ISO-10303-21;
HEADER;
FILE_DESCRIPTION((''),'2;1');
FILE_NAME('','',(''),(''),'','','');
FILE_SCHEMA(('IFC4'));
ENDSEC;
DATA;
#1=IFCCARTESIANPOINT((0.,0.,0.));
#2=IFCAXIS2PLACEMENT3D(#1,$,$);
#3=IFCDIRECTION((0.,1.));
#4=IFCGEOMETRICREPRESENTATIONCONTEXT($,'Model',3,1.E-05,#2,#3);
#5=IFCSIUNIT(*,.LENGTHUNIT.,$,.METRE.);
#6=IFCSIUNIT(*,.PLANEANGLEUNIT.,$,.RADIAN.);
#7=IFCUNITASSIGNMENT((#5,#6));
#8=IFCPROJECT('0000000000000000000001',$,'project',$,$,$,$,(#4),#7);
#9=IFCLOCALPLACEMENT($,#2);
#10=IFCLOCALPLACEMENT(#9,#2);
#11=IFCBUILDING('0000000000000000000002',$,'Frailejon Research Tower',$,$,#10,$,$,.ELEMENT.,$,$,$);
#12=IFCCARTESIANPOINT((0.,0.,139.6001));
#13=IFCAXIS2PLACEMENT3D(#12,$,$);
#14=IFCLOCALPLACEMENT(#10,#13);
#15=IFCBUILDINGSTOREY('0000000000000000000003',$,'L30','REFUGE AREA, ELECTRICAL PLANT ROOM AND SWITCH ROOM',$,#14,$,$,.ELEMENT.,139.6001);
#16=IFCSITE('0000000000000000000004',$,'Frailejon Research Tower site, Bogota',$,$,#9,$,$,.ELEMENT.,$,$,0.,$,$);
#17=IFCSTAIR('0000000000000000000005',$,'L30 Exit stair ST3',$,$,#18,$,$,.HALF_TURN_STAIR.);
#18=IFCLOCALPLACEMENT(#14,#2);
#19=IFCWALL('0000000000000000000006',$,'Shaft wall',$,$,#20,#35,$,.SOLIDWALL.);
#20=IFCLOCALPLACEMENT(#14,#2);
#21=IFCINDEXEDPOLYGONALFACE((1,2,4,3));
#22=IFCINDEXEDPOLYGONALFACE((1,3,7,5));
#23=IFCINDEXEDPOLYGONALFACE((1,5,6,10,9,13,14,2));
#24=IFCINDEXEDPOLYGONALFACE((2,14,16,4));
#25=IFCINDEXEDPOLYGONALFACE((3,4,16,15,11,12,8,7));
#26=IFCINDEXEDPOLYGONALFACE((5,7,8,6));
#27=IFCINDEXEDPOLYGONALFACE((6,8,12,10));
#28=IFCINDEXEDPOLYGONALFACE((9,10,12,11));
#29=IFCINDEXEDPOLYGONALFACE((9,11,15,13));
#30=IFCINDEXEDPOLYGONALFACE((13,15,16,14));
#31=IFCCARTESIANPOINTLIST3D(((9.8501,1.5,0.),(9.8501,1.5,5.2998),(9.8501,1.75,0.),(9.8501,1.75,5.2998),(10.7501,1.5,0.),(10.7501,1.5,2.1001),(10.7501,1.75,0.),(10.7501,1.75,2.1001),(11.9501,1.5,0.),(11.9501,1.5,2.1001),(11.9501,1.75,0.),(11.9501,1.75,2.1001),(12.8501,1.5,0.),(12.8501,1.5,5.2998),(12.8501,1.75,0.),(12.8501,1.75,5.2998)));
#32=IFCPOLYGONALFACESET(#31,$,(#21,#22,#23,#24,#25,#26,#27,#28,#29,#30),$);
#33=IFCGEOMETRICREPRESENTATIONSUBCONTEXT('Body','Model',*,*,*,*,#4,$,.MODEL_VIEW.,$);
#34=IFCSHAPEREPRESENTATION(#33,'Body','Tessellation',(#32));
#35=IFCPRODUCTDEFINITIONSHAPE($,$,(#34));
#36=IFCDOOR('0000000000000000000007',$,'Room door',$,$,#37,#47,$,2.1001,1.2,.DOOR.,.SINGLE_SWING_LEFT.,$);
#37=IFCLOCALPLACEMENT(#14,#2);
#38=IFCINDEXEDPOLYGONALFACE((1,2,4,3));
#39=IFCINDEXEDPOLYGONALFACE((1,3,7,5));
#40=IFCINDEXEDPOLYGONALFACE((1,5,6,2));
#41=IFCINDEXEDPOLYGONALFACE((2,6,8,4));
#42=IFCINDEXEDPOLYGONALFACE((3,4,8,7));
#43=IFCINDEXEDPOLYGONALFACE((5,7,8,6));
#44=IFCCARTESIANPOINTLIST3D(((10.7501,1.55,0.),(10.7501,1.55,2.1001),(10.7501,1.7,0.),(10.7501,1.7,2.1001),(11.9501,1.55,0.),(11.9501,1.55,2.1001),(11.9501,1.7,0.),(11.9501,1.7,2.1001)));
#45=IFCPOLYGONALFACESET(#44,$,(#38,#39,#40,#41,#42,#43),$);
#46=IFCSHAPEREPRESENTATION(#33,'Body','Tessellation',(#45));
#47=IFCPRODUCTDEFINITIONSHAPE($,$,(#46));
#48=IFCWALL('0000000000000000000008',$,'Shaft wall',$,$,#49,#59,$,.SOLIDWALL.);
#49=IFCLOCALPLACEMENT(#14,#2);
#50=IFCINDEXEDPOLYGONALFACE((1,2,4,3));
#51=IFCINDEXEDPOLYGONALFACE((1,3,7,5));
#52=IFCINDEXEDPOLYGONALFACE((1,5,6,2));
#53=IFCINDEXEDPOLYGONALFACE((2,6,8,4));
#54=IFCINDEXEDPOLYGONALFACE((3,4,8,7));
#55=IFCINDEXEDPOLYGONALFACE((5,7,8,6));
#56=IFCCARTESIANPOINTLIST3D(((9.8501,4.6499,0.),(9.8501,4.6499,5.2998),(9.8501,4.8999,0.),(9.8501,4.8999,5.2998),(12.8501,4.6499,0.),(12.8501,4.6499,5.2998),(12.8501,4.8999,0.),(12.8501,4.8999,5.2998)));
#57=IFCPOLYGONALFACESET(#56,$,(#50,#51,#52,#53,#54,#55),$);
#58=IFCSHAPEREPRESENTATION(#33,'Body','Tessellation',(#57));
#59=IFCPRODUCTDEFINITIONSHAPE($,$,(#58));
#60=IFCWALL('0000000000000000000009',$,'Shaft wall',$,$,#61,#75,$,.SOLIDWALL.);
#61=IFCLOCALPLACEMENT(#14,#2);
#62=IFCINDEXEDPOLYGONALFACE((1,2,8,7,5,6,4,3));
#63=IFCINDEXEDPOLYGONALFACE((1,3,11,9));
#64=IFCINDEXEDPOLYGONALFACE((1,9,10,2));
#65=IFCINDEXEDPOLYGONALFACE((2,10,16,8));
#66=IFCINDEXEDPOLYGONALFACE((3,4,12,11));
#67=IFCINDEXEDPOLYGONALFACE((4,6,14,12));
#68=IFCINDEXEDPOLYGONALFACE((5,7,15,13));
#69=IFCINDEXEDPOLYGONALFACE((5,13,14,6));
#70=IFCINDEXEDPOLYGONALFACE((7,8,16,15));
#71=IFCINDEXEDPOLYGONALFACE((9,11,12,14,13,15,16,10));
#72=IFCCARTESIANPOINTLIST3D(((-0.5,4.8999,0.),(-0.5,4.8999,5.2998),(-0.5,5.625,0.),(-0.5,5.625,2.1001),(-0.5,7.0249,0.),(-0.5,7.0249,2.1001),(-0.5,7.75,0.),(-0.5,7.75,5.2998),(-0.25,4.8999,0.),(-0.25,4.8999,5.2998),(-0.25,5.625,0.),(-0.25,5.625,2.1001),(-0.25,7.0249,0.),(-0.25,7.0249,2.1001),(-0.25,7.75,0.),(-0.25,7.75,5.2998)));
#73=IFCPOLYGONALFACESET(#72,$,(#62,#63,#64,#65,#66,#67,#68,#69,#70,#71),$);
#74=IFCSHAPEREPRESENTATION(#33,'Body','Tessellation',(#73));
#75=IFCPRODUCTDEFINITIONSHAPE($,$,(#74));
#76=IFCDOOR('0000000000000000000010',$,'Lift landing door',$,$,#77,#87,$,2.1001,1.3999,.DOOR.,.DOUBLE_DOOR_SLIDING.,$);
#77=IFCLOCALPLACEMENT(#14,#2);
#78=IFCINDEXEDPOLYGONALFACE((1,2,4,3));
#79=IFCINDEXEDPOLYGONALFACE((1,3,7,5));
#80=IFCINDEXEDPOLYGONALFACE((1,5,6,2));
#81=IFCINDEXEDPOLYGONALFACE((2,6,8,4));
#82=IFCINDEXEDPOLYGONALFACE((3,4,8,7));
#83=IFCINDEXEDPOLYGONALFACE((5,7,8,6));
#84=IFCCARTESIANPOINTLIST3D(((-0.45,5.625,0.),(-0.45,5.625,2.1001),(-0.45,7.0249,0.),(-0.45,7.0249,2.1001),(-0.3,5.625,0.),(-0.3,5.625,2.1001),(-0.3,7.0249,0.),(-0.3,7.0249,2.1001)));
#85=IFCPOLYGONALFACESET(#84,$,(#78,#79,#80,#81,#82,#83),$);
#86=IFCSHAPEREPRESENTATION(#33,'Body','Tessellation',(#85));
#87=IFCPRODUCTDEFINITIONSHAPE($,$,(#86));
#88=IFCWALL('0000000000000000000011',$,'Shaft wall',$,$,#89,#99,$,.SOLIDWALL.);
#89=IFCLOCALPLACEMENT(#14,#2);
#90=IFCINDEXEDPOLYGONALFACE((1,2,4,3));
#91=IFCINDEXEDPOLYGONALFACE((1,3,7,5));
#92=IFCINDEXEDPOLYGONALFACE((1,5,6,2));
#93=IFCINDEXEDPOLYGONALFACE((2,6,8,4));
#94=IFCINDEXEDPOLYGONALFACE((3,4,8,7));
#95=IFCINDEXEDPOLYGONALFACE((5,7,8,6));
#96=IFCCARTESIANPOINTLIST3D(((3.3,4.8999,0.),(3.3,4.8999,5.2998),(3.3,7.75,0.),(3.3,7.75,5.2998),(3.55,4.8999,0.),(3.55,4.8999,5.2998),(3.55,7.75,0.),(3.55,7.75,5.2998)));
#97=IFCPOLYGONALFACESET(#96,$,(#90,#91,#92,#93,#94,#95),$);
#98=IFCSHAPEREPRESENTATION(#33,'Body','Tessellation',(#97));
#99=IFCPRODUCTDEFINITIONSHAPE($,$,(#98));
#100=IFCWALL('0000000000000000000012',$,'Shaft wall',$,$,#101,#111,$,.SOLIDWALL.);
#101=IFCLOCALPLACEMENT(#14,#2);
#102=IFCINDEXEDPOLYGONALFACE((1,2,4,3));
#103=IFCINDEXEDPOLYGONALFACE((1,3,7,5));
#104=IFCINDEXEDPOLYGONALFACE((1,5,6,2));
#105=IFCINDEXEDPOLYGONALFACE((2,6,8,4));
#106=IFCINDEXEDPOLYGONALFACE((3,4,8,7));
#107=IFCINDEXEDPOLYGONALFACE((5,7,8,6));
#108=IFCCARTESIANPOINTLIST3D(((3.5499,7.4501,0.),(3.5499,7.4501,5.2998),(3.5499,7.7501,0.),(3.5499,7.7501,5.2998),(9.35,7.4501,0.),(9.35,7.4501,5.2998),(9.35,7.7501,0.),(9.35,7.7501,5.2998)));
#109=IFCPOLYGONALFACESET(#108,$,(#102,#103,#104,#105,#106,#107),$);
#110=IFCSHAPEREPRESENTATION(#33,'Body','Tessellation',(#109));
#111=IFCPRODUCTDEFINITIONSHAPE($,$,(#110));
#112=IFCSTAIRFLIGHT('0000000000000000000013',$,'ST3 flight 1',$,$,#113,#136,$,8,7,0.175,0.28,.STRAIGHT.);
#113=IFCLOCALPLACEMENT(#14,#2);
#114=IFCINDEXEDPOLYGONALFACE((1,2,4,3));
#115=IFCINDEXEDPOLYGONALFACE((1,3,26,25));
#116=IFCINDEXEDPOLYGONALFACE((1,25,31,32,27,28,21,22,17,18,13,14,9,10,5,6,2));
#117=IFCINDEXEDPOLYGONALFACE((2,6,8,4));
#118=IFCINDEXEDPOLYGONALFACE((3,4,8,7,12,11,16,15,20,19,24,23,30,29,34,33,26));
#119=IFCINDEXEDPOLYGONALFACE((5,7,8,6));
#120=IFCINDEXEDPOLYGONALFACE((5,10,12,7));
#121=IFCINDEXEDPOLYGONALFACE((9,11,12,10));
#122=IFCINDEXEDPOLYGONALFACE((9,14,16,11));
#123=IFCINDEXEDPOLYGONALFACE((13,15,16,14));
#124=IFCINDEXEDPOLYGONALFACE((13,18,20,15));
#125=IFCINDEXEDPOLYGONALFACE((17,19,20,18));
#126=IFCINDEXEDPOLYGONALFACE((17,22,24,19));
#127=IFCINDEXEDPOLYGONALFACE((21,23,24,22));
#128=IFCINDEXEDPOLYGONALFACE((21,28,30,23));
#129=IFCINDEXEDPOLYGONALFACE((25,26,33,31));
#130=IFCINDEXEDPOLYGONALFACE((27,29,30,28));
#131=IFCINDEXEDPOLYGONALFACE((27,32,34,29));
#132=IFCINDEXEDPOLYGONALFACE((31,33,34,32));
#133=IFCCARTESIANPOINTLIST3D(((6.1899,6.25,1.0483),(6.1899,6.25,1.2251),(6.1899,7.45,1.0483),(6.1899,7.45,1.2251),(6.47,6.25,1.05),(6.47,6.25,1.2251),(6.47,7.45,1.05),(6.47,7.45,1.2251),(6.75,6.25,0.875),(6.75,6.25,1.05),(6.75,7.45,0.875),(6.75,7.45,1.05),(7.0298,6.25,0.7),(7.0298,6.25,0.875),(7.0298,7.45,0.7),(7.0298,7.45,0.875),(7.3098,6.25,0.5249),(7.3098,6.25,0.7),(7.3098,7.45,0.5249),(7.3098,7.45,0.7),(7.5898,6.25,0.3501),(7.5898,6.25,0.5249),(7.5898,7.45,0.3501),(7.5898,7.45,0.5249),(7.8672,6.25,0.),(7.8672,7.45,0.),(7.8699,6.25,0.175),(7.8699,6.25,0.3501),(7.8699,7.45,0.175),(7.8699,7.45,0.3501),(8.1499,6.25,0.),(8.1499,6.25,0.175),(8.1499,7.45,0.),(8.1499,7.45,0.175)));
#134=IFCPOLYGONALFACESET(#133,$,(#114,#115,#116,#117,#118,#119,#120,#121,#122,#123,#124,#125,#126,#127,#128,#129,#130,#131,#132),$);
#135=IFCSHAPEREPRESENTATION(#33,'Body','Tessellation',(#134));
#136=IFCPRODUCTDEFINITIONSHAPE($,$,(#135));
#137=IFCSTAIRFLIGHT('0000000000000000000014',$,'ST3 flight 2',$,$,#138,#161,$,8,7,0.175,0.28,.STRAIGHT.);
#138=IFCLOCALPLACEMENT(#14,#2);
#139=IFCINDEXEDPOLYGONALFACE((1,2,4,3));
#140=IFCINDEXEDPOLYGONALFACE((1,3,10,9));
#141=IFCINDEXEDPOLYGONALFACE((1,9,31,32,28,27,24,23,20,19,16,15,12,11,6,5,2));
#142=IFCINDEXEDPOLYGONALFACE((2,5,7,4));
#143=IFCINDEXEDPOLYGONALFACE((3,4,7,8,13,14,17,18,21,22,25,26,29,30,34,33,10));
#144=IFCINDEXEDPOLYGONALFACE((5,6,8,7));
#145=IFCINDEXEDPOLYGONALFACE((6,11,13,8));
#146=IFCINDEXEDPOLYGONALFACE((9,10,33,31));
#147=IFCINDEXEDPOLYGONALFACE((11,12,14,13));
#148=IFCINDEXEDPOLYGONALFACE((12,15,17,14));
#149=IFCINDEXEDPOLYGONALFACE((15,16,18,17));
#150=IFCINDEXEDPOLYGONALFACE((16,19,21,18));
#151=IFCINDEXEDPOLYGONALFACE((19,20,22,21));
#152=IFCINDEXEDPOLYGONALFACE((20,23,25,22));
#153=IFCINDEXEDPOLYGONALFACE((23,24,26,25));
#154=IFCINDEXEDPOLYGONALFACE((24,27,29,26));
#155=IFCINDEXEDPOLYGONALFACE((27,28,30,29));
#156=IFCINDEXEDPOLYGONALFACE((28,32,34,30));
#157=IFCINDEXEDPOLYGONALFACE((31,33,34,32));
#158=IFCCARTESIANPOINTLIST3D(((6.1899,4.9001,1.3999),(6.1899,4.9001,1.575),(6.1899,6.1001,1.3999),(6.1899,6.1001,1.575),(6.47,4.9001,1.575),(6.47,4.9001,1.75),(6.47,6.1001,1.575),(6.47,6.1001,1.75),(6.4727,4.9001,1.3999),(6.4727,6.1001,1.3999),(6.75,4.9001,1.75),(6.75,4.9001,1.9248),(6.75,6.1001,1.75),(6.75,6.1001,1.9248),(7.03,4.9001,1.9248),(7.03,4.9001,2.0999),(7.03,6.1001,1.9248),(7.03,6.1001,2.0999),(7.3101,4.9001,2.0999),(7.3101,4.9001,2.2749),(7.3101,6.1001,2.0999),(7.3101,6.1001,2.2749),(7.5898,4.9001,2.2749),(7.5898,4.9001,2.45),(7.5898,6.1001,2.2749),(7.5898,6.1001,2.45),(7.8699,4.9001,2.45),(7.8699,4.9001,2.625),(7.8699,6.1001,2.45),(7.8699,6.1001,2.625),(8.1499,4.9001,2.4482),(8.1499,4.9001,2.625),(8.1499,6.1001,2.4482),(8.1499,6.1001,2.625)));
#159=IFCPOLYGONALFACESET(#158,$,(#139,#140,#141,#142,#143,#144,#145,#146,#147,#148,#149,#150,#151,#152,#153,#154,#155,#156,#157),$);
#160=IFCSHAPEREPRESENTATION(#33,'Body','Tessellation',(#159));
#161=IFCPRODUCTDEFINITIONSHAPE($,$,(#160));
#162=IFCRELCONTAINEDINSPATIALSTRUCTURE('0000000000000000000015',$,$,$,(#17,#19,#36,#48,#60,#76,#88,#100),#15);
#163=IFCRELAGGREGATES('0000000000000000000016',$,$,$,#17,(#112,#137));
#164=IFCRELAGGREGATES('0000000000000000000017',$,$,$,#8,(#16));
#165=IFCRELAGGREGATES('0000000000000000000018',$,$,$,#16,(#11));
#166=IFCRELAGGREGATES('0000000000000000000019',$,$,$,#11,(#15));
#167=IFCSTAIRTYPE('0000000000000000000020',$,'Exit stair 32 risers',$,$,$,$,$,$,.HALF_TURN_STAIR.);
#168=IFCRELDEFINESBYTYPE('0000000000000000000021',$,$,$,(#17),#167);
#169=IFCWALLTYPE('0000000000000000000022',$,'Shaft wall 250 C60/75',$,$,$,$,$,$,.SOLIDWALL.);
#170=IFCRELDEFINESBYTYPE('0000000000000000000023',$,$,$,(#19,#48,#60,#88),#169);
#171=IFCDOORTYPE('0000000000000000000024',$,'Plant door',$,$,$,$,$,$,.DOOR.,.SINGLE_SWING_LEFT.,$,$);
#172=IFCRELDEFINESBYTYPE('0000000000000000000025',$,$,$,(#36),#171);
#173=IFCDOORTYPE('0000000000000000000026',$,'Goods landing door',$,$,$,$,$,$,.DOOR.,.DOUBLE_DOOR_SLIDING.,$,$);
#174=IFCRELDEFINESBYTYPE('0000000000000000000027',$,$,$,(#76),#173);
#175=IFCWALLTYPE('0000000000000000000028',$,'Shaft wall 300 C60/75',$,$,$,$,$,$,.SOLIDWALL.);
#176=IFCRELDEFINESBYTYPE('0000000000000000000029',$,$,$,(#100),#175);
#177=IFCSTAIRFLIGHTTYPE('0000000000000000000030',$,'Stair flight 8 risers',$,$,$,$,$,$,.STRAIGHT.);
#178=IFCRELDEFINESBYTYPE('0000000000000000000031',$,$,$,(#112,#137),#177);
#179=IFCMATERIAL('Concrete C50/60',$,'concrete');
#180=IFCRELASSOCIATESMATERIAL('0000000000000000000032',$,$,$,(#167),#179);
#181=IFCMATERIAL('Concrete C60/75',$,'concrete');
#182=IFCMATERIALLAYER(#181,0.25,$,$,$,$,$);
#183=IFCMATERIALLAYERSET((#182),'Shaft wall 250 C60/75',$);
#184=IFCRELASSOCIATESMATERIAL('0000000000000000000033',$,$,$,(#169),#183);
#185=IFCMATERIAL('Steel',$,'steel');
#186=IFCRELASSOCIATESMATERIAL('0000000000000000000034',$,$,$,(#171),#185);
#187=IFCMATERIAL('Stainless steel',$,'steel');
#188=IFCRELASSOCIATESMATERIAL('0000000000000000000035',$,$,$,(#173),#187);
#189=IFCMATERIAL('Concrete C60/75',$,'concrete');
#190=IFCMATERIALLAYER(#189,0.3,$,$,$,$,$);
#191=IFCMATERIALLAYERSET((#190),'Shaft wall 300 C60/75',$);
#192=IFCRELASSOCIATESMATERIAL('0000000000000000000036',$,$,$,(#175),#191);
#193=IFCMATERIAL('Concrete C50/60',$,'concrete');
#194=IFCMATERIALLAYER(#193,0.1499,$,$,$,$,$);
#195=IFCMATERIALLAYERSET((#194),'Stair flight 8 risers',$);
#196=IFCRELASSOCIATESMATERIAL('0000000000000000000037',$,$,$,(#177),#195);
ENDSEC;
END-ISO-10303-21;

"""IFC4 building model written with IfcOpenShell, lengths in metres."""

from ifc_helpers import new_model, si_unit, direction, frame, frame_2d, origin, place, context, subcontext, project, spatial, polyline, rectangle, outline, extrude, material, layer, layer_set, type_object, element, fill, aggregate, save


model = new_model("IFC4")

# Units and contexts
model_context = context("Model", 3, precision=1e-05, world=origin(), true_north=direction((0.0, 1.0)))
body_context = subcontext(model_context, "Body", "Model", "MODEL_VIEW")
ifc_project = project(units=[si_unit("LENGTHUNIT", "METRE"), si_unit("PLANEANGLEUNIT", "RADIAN")], contexts=[model_context])

# Site, building, storey
site_placement = place(None, origin())
site = spatial("IfcSite", under=ifc_project, at=site_placement, Name="Frailejon Research Tower site, Bogota", CompositionType="ELEMENT", RefElevation=0.0)
building_placement = place(site_placement, origin())
building = spatial("IfcBuilding", under=site, at=building_placement, Name="Frailejon Research Tower", CompositionType="ELEMENT")
storey_placement = place(building_placement, frame((0.0, 0.0, 139.6001)))
storey = spatial("IfcBuildingStorey", under=building, at=storey_placement, Name="L30", Description="REFUGE AREA, ELECTRICAL PLANT ROOM AND SWITCH ROOM", CompositionType="ELEMENT", Elevation=139.6001)

# Stair
ifc_material_1 = material(Name="Concrete C50/60", Category="concrete")
stair_type = type_object("IfcStairType", Name="Exit stair 32 risers", PredefinedType="HALF_TURN_STAIR", material=ifc_material_1)
stair_placement = place(storey_placement, origin())
stair = element("IfcStair", 1, at=stair_placement, inside=storey, type_object=stair_type, Name="L30 Exit stair ST3", PredefinedType="HALF_TURN_STAIR")

# Wall, opening, door
ifc_material_2 = material(Name="Concrete C60/75", Category="concrete")
ifc_layer_1 = layer(ifc_material_2, 0.25)
ifc_layer_set_1 = layer_set([ifc_layer_1], Name="Shaft wall 250 C60/75")
wall_type_1 = type_object("IfcWallType", Name="Shaft wall 250 C60/75", PredefinedType="SOLIDWALL", material=ifc_layer_set_1)
wall_1_placement = place(storey_placement, frame((9.8501, 1.625, 0.0), z_axis=(0.0, 0.0, 1.0), x_axis=(1.0, 0.0, 0.0)))
wall_1 = element("IfcWall", 2, at=wall_1_placement, inside=storey, type_object=wall_type_1, Name="Shaft wall", PredefinedType="SOLIDWALL", context=body_context, shape_type="SweptSolid", body=[
    extrude(rectangle(XDim=3.0, YDim=0.25, at=frame_2d((1.5, 0.0))), origin(), (0.0, 0.0, 1.0), 5.2998),
])
opening_1_placement = place(wall_1_placement, frame((0.8999, 0.0, 0.0)))
opening_1 = element("IfcOpeningElement", 3, at=opening_1_placement, cuts=wall_1, PredefinedType="OPENING", context=body_context, shape_type="SweptSolid", body=[
    extrude(rectangle(XDim=1.2, YDim=2.1001, at=frame_2d((0.6001, 1.05))), frame((0.0, 0.135, 0.0), z_axis=(0.0, -1.0, 0.0), x_axis=(1.0, 0.0, 0.0)), (0.0, 0.0, 1.0), 0.27),
])
ifc_material_3 = material(Name="Steel", Category="steel")
door_type_1 = type_object("IfcDoorType", Name="Plant door", OperationType="SINGLE_SWING_LEFT", PredefinedType="DOOR", material=ifc_material_3)
door_1_placement = place(opening_1_placement, origin())
door_1 = element("IfcDoor", 4, at=door_1_placement, inside=storey, type_object=door_type_1, Name="Room door", OperationType="SINGLE_SWING_LEFT", OverallHeight=2.1001, OverallWidth=1.2, PredefinedType="DOOR", context=body_context, shape_type="SweptSolid", body=[
    extrude(rectangle(XDim=1.2, YDim=2.1001, at=frame_2d((0.6001, 1.05))), frame((0.0, 0.075, 0.0), z_axis=(0.0, -1.0, 0.0), x_axis=(1.0, 0.0, 0.0)), (0.0, 0.0, 1.0), 0.1499),
])
fill(opening_1, door_1)

# Wall
wall_2_placement = place(storey_placement, frame((9.8501, 4.7749, 0.0), z_axis=(0.0, 0.0, 1.0), x_axis=(1.0, 0.0, 0.0)))
element("IfcWall", 5, at=wall_2_placement, inside=storey, type_object=wall_type_1, Name="Shaft wall", PredefinedType="SOLIDWALL", context=body_context, shape_type="SweptSolid", body=[
    extrude(rectangle(XDim=3.0, YDim=0.25, at=frame_2d((1.5, 0.0))), origin(), (0.0, 0.0, 1.0), 5.2998),
])

# Wall, opening, door
wall_3_placement = place(storey_placement, frame((-0.375, 4.8999, 0.0), z_axis=(0.0, 0.0, 1.0), x_axis=(0.0, 1.0, 0.0)))
wall_3 = element("IfcWall", 6, at=wall_3_placement, inside=storey, type_object=wall_type_1, Name="Shaft wall", PredefinedType="SOLIDWALL", context=body_context, shape_type="SweptSolid", body=[
    extrude(rectangle(XDim=2.8501, YDim=0.25, at=frame_2d((1.425, 0.0))), origin(), (0.0, 0.0, 1.0), 5.2998),
])
opening_2_placement = place(wall_3_placement, frame((0.7251, 0.0, 0.0)))
opening_2 = element("IfcOpeningElement", 7, at=opening_2_placement, cuts=wall_3, PredefinedType="OPENING", context=body_context, shape_type="SweptSolid", body=[
    extrude(rectangle(XDim=1.3999, YDim=2.1001, at=frame_2d((0.7, 1.05))), frame((0.0, 0.135, 0.0), z_axis=(0.0, -1.0, 0.0), x_axis=(1.0, 0.0, 0.0)), (0.0, 0.0, 1.0), 0.27),
])
ifc_material_4 = material(Name="Stainless steel", Category="steel")
door_type_2 = type_object("IfcDoorType", Name="Goods landing door", OperationType="DOUBLE_DOOR_SLIDING", PredefinedType="DOOR", material=ifc_material_4)
door_2_placement = place(opening_2_placement, origin())
door_2 = element("IfcDoor", 8, at=door_2_placement, inside=storey, type_object=door_type_2, Name="Lift landing door", OperationType="DOUBLE_DOOR_SLIDING", OverallHeight=2.1001, OverallWidth=1.3999, PredefinedType="DOOR", context=body_context, shape_type="SweptSolid", body=[
    extrude(rectangle(XDim=1.3999, YDim=2.1001, at=frame_2d((0.7, 1.05))), frame((0.0, 0.075, 0.0), z_axis=(0.0, -1.0, 0.0), x_axis=(1.0, 0.0, 0.0)), (0.0, 0.0, 1.0), 0.1499),
])
fill(opening_2, door_2)

# Walls
wall_4_placement = place(storey_placement, frame((3.425, 4.8999, 0.0), z_axis=(0.0, 0.0, 1.0), x_axis=(0.0, 1.0, 0.0)))
element("IfcWall", 9, at=wall_4_placement, inside=storey, type_object=wall_type_1, Name="Shaft wall", PredefinedType="SOLIDWALL", context=body_context, shape_type="SweptSolid", body=[
    extrude(rectangle(XDim=2.8501, YDim=0.25, at=frame_2d((1.425, 0.0))), origin(), (0.0, 0.0, 1.0), 5.2998),
])
ifc_material_5 = material(Name="Concrete C60/75", Category="concrete")
ifc_layer_2 = layer(ifc_material_5, 0.3)
ifc_layer_set_2 = layer_set([ifc_layer_2], Name="Shaft wall 300 C60/75")
wall_type_2 = type_object("IfcWallType", Name="Shaft wall 300 C60/75", PredefinedType="SOLIDWALL", material=ifc_layer_set_2)
wall_5_placement = place(storey_placement, frame((3.55, 7.6001, 0.0), z_axis=(0.0, 0.0, 1.0), x_axis=(1.0, 0.0, 0.0)))
element("IfcWall", 10, at=wall_5_placement, inside=storey, type_object=wall_type_2, Name="Shaft wall", PredefinedType="SOLIDWALL", context=body_context, shape_type="SweptSolid", body=[
    extrude(rectangle(XDim=5.8, YDim=0.3, at=frame_2d((2.8999, 0.0))), origin(), (0.0, 0.0, 1.0), 5.2998),
])

# Stair flights
ifc_material_6 = material(Name="Concrete C50/60", Category="concrete")
ifc_layer_3 = layer(ifc_material_6, 0.1499)
ifc_layer_set_3 = layer_set([ifc_layer_3], Name="Stair flight 8 risers")
stair_flight_type = type_object("IfcStairFlightType", Name="Stair flight 8 risers", PredefinedType="STRAIGHT", material=ifc_layer_set_3)
stair_flight_1_placement = place(storey_placement, frame((8.1499, 6.8501, 0.0), z_axis=(0.0, 0.0, 1.0), x_axis=(-1.0, 0.0, 0.0)))
stair_flight_1 = element("IfcStairFlight", 11, at=stair_flight_1_placement, type_object=stair_flight_type, Name="ST3 flight 1", NumberOfRisers=8, NumberOfTreads=7, PredefinedType="STRAIGHT", RiserHeight=0.175, TreadLength=0.28, context=body_context, shape_type="SweptSolid", body=[
    extrude(outline(polyline([(0.0, 0.0), (0.0, 0.175), (0.28, 0.175), (0.28, 0.3501), (0.5601, 0.3501), (0.5601, 0.5249), (0.8401, 0.5249), (0.8401, 0.7), (1.1201, 0.7), (1.1201, 0.875), (1.3999, 0.875), (1.3999, 1.05), (1.6799, 1.05), (1.6799, 1.2251), (1.96, 1.2251), (1.96, 1.3999), (1.96, 1.0483), (0.2827, 0.0), (0.0, 0.0)])), frame((0.0, 0.6001, 0.0), z_axis=(0.0, -1.0, 0.0), x_axis=(1.0, 0.0, 0.0)), (0.0, 0.0, 1.0), 1.2),
])
stair_flight_2_placement = place(storey_placement, frame((6.1899, 5.5, 1.3999), z_axis=(0.0, 0.0, 1.0), x_axis=(1.0, 0.0, 0.0)))
stair_flight_2 = element("IfcStairFlight", 12, at=stair_flight_2_placement, type_object=stair_flight_type, Name="ST3 flight 2", NumberOfRisers=8, NumberOfTreads=7, PredefinedType="STRAIGHT", RiserHeight=0.175, TreadLength=0.28, context=body_context, shape_type="SweptSolid", body=[
    extrude(outline(polyline([(0.0, 0.0), (0.0, 0.175), (0.28, 0.175), (0.28, 0.3501), (0.5601, 0.3501), (0.5601, 0.5249), (0.8401, 0.5249), (0.8401, 0.7), (1.1201, 0.7), (1.1201, 0.875), (1.3999, 0.875), (1.3999, 1.05), (1.6799, 1.05), (1.6799, 1.2251), (1.96, 1.2251), (1.96, 1.3999), (1.96, 1.0483), (0.2827, 0.0), (0.0, 0.0)])), frame((0.0, 0.6001, 0.0), z_axis=(0.0, -1.0, 0.0), x_axis=(1.0, 0.0, 0.0)), (0.0, 0.0, 1.0), 1.2),
])
aggregate(stair, [stair_flight_1, stair_flight_2])

save(model, "model.ifc")
